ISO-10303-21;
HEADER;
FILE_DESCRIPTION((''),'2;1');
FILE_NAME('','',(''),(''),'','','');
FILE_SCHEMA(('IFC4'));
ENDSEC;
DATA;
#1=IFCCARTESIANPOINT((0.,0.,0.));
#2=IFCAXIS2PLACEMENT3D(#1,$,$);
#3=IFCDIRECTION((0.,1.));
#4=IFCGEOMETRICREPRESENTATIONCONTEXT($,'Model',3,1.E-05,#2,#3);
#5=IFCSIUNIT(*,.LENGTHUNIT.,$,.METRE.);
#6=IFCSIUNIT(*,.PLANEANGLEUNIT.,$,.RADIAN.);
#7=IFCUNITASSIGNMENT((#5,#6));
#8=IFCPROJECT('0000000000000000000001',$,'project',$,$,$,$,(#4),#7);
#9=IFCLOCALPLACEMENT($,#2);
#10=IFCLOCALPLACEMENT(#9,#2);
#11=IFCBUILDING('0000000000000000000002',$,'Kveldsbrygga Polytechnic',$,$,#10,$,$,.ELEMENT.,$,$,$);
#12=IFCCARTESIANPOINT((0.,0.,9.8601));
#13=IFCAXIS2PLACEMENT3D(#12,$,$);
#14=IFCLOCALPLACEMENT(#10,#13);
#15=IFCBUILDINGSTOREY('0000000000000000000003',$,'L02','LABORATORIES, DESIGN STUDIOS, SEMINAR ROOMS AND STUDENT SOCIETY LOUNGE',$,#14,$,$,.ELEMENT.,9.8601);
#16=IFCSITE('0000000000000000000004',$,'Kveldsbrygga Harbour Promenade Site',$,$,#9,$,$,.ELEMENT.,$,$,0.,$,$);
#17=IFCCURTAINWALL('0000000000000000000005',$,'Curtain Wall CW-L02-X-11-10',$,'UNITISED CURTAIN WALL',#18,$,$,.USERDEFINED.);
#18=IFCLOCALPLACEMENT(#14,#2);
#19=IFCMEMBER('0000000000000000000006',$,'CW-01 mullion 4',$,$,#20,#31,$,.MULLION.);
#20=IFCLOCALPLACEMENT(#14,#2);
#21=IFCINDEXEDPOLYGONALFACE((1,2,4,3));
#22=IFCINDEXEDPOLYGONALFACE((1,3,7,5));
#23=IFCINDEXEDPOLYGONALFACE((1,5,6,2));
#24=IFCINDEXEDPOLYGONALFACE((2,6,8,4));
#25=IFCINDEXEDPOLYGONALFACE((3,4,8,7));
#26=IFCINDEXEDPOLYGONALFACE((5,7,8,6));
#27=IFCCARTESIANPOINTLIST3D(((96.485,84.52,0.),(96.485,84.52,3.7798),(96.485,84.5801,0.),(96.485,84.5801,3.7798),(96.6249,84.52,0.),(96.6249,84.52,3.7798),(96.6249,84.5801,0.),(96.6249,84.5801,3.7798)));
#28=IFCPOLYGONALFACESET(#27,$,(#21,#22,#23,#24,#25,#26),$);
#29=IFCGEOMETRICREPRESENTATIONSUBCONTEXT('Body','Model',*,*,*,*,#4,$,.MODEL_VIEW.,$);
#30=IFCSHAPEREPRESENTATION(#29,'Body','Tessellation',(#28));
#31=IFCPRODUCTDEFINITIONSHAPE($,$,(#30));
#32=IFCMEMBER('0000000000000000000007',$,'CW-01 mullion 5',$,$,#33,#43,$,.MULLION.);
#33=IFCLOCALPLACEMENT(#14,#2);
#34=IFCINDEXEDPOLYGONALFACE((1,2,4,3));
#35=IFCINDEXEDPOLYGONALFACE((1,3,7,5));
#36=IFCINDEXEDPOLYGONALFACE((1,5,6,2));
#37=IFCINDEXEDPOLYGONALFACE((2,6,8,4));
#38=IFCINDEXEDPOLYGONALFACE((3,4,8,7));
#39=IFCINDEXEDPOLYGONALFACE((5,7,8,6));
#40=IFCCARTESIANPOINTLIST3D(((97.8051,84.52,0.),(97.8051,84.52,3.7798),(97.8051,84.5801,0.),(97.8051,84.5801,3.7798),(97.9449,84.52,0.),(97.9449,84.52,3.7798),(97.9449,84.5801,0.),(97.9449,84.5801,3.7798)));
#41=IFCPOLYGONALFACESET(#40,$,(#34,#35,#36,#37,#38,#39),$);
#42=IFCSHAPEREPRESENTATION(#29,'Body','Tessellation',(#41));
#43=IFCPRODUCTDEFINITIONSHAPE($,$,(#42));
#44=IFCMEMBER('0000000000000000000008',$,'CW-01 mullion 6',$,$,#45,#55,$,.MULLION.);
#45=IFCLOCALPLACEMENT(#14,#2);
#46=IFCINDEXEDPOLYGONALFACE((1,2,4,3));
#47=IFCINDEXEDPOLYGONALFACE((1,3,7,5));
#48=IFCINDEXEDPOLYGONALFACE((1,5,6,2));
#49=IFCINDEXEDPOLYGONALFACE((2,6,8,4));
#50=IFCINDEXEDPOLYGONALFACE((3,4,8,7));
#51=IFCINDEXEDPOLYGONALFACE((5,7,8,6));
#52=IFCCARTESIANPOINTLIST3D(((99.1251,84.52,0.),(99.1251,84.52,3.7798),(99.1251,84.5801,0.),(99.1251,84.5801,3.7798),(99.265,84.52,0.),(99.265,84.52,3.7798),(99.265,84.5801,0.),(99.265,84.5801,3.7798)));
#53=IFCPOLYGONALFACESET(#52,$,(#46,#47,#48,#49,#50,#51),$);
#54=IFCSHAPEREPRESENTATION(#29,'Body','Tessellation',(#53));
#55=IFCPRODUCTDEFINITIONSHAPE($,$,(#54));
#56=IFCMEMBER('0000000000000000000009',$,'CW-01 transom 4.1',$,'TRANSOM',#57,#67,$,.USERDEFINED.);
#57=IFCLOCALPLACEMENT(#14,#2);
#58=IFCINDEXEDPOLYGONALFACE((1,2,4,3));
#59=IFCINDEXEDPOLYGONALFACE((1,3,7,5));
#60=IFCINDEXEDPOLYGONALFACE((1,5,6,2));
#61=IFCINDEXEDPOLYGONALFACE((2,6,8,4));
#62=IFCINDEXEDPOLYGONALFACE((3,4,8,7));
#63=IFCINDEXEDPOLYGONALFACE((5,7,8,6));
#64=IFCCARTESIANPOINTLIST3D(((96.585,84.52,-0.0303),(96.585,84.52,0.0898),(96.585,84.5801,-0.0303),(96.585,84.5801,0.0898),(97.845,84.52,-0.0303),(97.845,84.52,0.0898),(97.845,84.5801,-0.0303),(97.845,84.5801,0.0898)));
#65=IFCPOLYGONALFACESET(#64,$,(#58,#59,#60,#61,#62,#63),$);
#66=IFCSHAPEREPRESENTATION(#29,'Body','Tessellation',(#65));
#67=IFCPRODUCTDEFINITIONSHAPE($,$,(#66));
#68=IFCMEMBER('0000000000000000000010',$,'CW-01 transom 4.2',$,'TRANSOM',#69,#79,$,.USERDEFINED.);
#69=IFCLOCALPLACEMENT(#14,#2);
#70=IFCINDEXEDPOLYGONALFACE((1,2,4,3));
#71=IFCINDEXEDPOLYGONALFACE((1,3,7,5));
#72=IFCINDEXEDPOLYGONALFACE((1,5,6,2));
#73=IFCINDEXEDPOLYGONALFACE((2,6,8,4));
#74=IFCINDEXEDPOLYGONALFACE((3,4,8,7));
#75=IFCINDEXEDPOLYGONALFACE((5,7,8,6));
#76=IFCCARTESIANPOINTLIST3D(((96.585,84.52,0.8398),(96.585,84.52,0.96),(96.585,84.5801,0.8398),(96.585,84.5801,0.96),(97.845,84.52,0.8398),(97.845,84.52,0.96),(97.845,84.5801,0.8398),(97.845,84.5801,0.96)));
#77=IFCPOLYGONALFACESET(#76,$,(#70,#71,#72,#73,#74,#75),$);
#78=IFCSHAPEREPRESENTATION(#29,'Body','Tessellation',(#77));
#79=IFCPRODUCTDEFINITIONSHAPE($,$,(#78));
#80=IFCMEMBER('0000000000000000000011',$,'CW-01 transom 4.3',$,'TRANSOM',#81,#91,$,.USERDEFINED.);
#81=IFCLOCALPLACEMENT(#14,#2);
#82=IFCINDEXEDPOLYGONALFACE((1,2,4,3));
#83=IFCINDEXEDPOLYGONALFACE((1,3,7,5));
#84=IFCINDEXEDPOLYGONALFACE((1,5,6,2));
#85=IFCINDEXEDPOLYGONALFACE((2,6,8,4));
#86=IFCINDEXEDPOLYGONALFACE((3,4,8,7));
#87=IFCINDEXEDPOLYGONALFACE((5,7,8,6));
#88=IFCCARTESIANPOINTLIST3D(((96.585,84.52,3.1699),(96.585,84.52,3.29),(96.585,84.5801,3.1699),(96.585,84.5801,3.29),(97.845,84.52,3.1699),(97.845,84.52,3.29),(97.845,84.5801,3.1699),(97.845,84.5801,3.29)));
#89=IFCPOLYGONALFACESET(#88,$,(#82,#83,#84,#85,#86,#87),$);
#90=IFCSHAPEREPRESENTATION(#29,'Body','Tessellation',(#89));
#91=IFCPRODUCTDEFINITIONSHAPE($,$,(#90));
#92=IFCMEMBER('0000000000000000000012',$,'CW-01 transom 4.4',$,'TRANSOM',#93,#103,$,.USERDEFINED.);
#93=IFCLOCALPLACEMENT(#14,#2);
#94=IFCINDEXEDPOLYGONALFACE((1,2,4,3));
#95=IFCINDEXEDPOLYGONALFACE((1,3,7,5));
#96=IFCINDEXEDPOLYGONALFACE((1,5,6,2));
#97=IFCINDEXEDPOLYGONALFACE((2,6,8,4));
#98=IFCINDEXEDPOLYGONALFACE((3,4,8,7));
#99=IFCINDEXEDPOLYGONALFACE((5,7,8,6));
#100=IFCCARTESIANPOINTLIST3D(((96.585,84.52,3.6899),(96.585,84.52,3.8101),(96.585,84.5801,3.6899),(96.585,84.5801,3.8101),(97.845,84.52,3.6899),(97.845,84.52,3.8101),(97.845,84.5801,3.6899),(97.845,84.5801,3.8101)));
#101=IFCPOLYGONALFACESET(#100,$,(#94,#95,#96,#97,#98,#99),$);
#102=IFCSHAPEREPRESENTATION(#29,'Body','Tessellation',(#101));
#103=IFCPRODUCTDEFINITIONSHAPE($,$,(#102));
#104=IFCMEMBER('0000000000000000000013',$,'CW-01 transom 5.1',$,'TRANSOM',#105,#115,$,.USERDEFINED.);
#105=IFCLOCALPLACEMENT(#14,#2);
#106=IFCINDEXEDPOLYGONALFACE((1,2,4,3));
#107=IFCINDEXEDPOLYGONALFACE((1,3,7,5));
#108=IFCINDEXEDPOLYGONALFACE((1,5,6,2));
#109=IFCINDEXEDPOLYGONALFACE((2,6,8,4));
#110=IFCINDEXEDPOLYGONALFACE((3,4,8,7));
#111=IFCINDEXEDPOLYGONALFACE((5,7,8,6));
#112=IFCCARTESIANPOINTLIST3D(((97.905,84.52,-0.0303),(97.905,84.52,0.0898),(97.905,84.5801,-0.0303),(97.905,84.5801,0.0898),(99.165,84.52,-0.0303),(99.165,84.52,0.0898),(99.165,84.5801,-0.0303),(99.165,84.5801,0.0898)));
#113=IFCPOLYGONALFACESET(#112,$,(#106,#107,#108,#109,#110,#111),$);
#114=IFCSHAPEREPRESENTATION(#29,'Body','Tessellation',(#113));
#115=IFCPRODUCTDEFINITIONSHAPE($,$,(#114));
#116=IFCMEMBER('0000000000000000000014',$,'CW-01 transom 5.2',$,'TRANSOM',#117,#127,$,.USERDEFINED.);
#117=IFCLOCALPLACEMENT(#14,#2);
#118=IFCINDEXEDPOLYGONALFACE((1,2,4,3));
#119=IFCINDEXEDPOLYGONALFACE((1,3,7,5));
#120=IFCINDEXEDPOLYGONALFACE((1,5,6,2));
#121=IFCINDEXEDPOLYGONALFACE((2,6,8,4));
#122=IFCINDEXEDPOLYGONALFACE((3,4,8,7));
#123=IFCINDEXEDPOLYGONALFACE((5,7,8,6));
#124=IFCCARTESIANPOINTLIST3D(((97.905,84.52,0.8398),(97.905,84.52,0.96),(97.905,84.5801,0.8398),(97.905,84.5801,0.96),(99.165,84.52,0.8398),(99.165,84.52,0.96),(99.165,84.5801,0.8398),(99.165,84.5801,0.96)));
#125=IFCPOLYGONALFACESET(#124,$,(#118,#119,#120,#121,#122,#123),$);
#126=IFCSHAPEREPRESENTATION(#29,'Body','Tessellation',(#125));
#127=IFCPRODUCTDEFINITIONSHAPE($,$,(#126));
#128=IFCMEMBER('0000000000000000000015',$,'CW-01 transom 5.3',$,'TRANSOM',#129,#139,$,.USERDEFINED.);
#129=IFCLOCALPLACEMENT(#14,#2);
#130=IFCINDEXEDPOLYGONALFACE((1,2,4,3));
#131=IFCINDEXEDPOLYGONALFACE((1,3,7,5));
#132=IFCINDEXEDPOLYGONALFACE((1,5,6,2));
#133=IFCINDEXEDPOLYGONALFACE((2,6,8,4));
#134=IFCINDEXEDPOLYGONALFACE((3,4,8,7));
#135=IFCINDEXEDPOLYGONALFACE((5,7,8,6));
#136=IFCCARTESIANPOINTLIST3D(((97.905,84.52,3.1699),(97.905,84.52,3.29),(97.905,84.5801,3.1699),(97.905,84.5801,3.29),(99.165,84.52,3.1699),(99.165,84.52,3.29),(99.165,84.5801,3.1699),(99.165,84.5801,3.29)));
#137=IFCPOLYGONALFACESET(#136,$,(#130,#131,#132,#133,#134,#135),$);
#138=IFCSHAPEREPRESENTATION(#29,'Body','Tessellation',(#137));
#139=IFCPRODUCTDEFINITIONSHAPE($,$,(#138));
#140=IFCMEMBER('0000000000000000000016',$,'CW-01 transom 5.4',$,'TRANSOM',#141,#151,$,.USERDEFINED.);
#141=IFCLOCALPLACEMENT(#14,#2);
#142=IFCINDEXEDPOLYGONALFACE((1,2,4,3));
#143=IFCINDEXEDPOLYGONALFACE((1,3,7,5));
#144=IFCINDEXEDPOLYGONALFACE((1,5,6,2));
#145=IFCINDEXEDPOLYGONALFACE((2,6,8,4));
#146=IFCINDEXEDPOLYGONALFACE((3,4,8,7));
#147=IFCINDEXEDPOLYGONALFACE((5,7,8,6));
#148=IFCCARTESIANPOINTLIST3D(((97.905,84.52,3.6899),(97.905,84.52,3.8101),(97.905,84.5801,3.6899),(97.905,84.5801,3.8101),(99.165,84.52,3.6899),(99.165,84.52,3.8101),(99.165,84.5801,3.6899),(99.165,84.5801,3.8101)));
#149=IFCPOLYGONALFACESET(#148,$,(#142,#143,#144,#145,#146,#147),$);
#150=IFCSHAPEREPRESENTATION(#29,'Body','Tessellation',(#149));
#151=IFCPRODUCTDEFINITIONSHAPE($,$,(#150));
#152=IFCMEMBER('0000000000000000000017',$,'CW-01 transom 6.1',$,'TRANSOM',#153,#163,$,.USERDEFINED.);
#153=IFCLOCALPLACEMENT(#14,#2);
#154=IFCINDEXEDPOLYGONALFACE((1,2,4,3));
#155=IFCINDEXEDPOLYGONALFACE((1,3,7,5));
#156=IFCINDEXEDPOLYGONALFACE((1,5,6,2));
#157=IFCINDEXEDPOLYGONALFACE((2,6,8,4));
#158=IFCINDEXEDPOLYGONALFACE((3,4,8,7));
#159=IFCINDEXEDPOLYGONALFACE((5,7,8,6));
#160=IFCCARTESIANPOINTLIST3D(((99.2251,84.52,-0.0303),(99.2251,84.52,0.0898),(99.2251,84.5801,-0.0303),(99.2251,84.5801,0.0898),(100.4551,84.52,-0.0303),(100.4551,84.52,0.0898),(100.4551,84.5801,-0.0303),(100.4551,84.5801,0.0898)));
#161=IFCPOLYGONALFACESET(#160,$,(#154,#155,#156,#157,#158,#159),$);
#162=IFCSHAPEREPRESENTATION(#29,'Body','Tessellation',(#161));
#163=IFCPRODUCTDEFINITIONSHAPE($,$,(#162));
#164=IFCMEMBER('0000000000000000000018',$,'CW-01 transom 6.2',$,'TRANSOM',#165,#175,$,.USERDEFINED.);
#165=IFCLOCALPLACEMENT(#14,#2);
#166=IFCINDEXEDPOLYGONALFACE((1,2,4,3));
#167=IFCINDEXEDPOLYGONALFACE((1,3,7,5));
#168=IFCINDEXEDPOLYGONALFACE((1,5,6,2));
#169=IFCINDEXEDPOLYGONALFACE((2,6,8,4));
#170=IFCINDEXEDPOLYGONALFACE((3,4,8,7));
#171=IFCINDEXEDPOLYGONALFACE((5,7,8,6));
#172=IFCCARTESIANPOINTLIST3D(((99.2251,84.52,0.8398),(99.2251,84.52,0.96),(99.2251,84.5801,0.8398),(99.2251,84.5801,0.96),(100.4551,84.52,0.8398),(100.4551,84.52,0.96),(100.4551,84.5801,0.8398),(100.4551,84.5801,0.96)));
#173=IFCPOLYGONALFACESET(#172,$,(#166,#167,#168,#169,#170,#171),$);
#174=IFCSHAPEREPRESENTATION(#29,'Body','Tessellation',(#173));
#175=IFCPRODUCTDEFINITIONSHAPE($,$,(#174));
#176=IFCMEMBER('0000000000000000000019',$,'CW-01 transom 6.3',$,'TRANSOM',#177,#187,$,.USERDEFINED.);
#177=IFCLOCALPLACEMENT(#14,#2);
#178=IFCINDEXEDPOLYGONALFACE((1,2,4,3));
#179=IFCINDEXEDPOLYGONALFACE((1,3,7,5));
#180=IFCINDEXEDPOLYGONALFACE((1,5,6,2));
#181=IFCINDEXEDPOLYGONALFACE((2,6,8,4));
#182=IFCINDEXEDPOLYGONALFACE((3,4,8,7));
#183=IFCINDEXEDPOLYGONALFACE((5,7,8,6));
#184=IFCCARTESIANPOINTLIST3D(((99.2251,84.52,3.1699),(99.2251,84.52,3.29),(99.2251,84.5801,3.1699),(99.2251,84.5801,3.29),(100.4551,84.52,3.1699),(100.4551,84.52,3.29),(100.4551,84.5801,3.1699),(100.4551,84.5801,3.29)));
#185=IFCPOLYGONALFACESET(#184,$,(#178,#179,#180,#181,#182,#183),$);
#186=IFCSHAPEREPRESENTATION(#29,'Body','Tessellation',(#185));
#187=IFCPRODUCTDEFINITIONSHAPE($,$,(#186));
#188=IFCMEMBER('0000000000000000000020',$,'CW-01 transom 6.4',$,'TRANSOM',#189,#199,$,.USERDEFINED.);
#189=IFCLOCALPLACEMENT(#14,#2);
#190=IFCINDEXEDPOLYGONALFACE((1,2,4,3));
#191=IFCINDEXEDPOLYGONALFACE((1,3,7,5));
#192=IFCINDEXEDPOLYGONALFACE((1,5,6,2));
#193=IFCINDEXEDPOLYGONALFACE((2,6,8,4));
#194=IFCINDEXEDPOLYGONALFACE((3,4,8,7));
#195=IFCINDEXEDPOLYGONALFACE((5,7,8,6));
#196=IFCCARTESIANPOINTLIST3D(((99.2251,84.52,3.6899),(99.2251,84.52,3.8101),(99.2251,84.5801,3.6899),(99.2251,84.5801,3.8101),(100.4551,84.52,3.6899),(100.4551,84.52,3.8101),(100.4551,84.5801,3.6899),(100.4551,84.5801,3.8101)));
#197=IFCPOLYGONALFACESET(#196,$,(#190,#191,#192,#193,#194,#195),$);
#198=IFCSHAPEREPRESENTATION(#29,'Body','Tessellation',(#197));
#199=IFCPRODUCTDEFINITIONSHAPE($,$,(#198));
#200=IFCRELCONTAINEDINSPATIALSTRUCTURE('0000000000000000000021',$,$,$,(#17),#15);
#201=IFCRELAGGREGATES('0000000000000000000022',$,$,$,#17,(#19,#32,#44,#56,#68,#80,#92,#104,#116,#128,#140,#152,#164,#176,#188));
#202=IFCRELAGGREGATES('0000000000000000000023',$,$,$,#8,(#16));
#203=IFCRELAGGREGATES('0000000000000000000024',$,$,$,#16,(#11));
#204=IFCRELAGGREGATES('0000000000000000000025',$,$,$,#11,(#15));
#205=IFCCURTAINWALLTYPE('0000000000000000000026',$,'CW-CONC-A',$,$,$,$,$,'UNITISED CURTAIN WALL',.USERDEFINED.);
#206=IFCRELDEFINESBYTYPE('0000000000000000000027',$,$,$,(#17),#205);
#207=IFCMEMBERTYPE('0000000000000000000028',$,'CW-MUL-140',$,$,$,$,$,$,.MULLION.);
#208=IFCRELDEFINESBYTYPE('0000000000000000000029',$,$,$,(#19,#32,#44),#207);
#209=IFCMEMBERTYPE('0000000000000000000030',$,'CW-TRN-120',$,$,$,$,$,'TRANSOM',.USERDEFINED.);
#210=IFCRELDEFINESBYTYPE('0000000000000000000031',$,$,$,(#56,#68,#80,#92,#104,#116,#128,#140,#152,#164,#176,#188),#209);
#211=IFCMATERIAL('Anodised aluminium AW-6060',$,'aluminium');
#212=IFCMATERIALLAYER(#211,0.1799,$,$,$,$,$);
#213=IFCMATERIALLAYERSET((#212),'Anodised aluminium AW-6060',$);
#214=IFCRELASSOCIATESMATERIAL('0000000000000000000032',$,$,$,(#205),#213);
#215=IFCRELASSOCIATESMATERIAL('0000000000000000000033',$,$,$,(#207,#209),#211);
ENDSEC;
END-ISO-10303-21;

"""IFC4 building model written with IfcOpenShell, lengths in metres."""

from ifc_helpers import new_model, si_unit, direction, frame, origin, origin_2d, place, context, subcontext, project, spatial, rectangle, extrude, material, layer, layer_set, material_profile, profile_set, type_object, element, aggregate, save


model = new_model("IFC4")

# Units and contexts
model_context = context("Model", 3, precision=1e-05, world=origin(), true_north=direction((0.0, 1.0)))
body_context = subcontext(model_context, "Body", "Model", "MODEL_VIEW")
ifc_project = project(units=[si_unit("LENGTHUNIT", "METRE"), si_unit("PLANEANGLEUNIT", "RADIAN")], contexts=[model_context])

# Site, building, storey
site_placement = place(None, origin())
site = spatial("IfcSite", under=ifc_project, at=site_placement, Name="Kveldsbrygga Harbour Promenade Site", CompositionType="ELEMENT", RefElevation=0.0)
building_placement = place(site_placement, origin())
building = spatial("IfcBuilding", under=site, at=building_placement, Name="Kveldsbrygga Polytechnic", CompositionType="ELEMENT")
storey_placement = place(building_placement, frame((0.0, 0.0, 9.8601)))
storey = spatial("IfcBuildingStorey", under=building, at=storey_placement, Name="L02", Description="LABORATORIES, DESIGN STUDIOS, SEMINAR ROOMS AND STUDENT SOCIETY LOUNGE", CompositionType="ELEMENT", Elevation=9.8601)

# Curtain wall, members
ifc_material_1 = material(Name="Anodised aluminium AW-6060", Category="aluminium")
ifc_layer_1 = layer(ifc_material_1, 0.1799)
ifc_layer_set_1 = layer_set([ifc_layer_1], Name="Anodised aluminium AW-6060")
curtain_wall_type = type_object("IfcCurtainWallType", Name="CW-CONC-A", ElementType="UNITISED CURTAIN WALL", PredefinedType="USERDEFINED", material=ifc_layer_set_1)
curtain_wall_placement = place(storey_placement, origin())
curtain_wall = element("IfcCurtainWall", 1, at=curtain_wall_placement, inside=storey, type_object=curtain_wall_type, Name="Curtain Wall CW-L02-X-11-10", ObjectType="UNITISED CURTAIN WALL", PredefinedType="USERDEFINED")
ifc_material_profile_1 = material_profile(ifc_material_1, rectangle(XDim=0.0601, YDim=0.1399, at=origin_2d()), Name="ALU 60x140")
ifc_profile_set_1 = profile_set([ifc_material_profile_1], Name="Anodised aluminium AW-6060")
member_type_1 = type_object("IfcMemberType", Name="CW-MUL-140", PredefinedType="MULLION", material=ifc_profile_set_1)
member_1_placement = place(storey_placement, frame((96.5549, 84.55, 0.0), z_axis=(0.0, 0.0, 1.0), x_axis=(0.0, 1.0, 0.0)))
member_1 = element("IfcMember", 2, at=member_1_placement, type_object=member_type_1, Name="CW-01 mullion 4", PredefinedType="MULLION", context=body_context, shape_type="SweptSolid", body=[
    extrude(rectangle(XDim=0.0601, YDim=0.1399, at=origin_2d()), origin(), (0.0, 0.0, 1.0), 3.7798),
])
member_2_placement = place(storey_placement, frame((97.875, 84.55, 0.0), z_axis=(0.0, 0.0, 1.0), x_axis=(0.0, 1.0, 0.0)))
member_2 = element("IfcMember", 3, at=member_2_placement, type_object=member_type_1, Name="CW-01 mullion 5", PredefinedType="MULLION", context=body_context, shape_type="SweptSolid", body=[
    extrude(rectangle(XDim=0.0601, YDim=0.1399, at=origin_2d()), origin(), (0.0, 0.0, 1.0), 3.7798),
])
member_3_placement = place(storey_placement, frame((99.1951, 84.55, 0.0), z_axis=(0.0, 0.0, 1.0), x_axis=(0.0, 1.0, 0.0)))
member_3 = element("IfcMember", 4, at=member_3_placement, type_object=member_type_1, Name="CW-01 mullion 6", PredefinedType="MULLION", context=body_context, shape_type="SweptSolid", body=[
    extrude(rectangle(XDim=0.0601, YDim=0.1399, at=origin_2d()), origin(), (0.0, 0.0, 1.0), 3.7798),
])
ifc_material_profile_2 = material_profile(ifc_material_1, rectangle(XDim=0.0601, YDim=0.1201, at=origin_2d()), Name="ALU 60x120")
ifc_profile_set_2 = profile_set([ifc_material_profile_2], Name="Anodised aluminium AW-6060")
member_type_2 = type_object("IfcMemberType", Name="CW-TRN-120", ElementType="TRANSOM", PredefinedType="USERDEFINED", material=ifc_profile_set_2)
member_4_placement = place(storey_placement, frame((96.585, 84.55, 0.0298), z_axis=(1.0, 0.0, 0.0), x_axis=(0.0, 1.0, 0.0)))
member_4 = element("IfcMember", 5, at=member_4_placement, type_object=member_type_2, Name="CW-01 transom 4.1", ObjectType="TRANSOM", PredefinedType="USERDEFINED", context=body_context, shape_type="SweptSolid", body=[
    extrude(rectangle(XDim=0.0601, YDim=0.1201, at=origin_2d()), origin(), (0.0, 0.0, 1.0), 1.26),
])
member_5_placement = place(storey_placement, frame((96.585, 84.55, 0.8999), z_axis=(1.0, 0.0, 0.0), x_axis=(0.0, 1.0, 0.0)))
member_5 = element("IfcMember", 6, at=member_5_placement, type_object=member_type_2, Name="CW-01 transom 4.2", ObjectType="TRANSOM", PredefinedType="USERDEFINED", context=body_context, shape_type="SweptSolid", body=[
    extrude(rectangle(XDim=0.0601, YDim=0.1201, at=origin_2d()), origin(), (0.0, 0.0, 1.0), 1.26),
])
member_6_placement = place(storey_placement, frame((96.585, 84.55, 3.23), z_axis=(1.0, 0.0, 0.0), x_axis=(0.0, 1.0, 0.0)))
member_6 = element("IfcMember", 7, at=member_6_placement, type_object=member_type_2, Name="CW-01 transom 4.3", ObjectType="TRANSOM", PredefinedType="USERDEFINED", context=body_context, shape_type="SweptSolid", body=[
    extrude(rectangle(XDim=0.0601, YDim=0.1201, at=origin_2d()), origin(), (0.0, 0.0, 1.0), 1.26),
])
member_7_placement = place(storey_placement, frame((96.585, 84.55, 3.75), z_axis=(1.0, 0.0, 0.0), x_axis=(0.0, 1.0, 0.0)))
member_7 = element("IfcMember", 8, at=member_7_placement, type_object=member_type_2, Name="CW-01 transom 4.4", ObjectType="TRANSOM", PredefinedType="USERDEFINED", context=body_context, shape_type="SweptSolid", body=[
    extrude(rectangle(XDim=0.0601, YDim=0.1201, at=origin_2d()), origin(), (0.0, 0.0, 1.0), 1.26),
])
member_8_placement = place(storey_placement, frame((97.905, 84.55, 0.0298), z_axis=(1.0, 0.0, 0.0), x_axis=(0.0, 1.0, 0.0)))
member_8 = element("IfcMember", 9, at=member_8_placement, type_object=member_type_2, Name="CW-01 transom 5.1", ObjectType="TRANSOM", PredefinedType="USERDEFINED", context=body_context, shape_type="SweptSolid", body=[
    extrude(rectangle(XDim=0.0601, YDim=0.1201, at=origin_2d()), origin(), (0.0, 0.0, 1.0), 1.26),
])
member_9_placement = place(storey_placement, frame((97.905, 84.55, 0.8999), z_axis=(1.0, 0.0, 0.0), x_axis=(0.0, 1.0, 0.0)))
member_9 = element("IfcMember", 10, at=member_9_placement, type_object=member_type_2, Name="CW-01 transom 5.2", ObjectType="TRANSOM", PredefinedType="USERDEFINED", context=body_context, shape_type="SweptSolid", body=[
    extrude(rectangle(XDim=0.0601, YDim=0.1201, at=origin_2d()), origin(), (0.0, 0.0, 1.0), 1.26),
])
member_10_placement = place(storey_placement, frame((97.905, 84.55, 3.23), z_axis=(1.0, 0.0, 0.0), x_axis=(0.0, 1.0, 0.0)))
member_10 = element("IfcMember", 11, at=member_10_placement, type_object=member_type_2, Name="CW-01 transom 5.3", ObjectType="TRANSOM", PredefinedType="USERDEFINED", context=body_context, shape_type="SweptSolid", body=[
    extrude(rectangle(XDim=0.0601, YDim=0.1201, at=origin_2d()), origin(), (0.0, 0.0, 1.0), 1.26),
])
member_11_placement = place(storey_placement, frame((97.905, 84.55, 3.75), z_axis=(1.0, 0.0, 0.0), x_axis=(0.0, 1.0, 0.0)))
member_11 = element("IfcMember", 12, at=member_11_placement, type_object=member_type_2, Name="CW-01 transom 5.4", ObjectType="TRANSOM", PredefinedType="USERDEFINED", context=body_context, shape_type="SweptSolid", body=[
    extrude(rectangle(XDim=0.0601, YDim=0.1201, at=origin_2d()), origin(), (0.0, 0.0, 1.0), 1.26),
])
member_12_placement = place(storey_placement, frame((99.2251, 84.55, 0.0298), z_axis=(1.0, 0.0, 0.0), x_axis=(0.0, 1.0, 0.0)))
member_12 = element("IfcMember", 13, at=member_12_placement, type_object=member_type_2, Name="CW-01 transom 6.1", ObjectType="TRANSOM", PredefinedType="USERDEFINED", context=body_context, shape_type="SweptSolid", body=[
    extrude(rectangle(XDim=0.0601, YDim=0.1201, at=origin_2d()), origin(), (0.0, 0.0, 1.0), 1.23),
])
member_13_placement = place(storey_placement, frame((99.2251, 84.55, 0.8999), z_axis=(1.0, 0.0, 0.0), x_axis=(0.0, 1.0, 0.0)))
member_13 = element("IfcMember", 14, at=member_13_placement, type_object=member_type_2, Name="CW-01 transom 6.2", ObjectType="TRANSOM", PredefinedType="USERDEFINED", context=body_context, shape_type="SweptSolid", body=[
    extrude(rectangle(XDim=0.0601, YDim=0.1201, at=origin_2d()), origin(), (0.0, 0.0, 1.0), 1.23),
])
member_14_placement = place(storey_placement, frame((99.2251, 84.55, 3.23), z_axis=(1.0, 0.0, 0.0), x_axis=(0.0, 1.0, 0.0)))
member_14 = element("IfcMember", 15, at=member_14_placement, type_object=member_type_2, Name="CW-01 transom 6.3", ObjectType="TRANSOM", PredefinedType="USERDEFINED", context=body_context, shape_type="SweptSolid", body=[
    extrude(rectangle(XDim=0.0601, YDim=0.1201, at=origin_2d()), origin(), (0.0, 0.0, 1.0), 1.23),
])
member_15_placement = place(storey_placement, frame((99.2251, 84.55, 3.75), z_axis=(1.0, 0.0, 0.0), x_axis=(0.0, 1.0, 0.0)))
member_15 = element("IfcMember", 16, at=member_15_placement, type_object=member_type_2, Name="CW-01 transom 6.4", ObjectType="TRANSOM", PredefinedType="USERDEFINED", context=body_context, shape_type="SweptSolid", body=[
    extrude(rectangle(XDim=0.0601, YDim=0.1201, at=origin_2d()), origin(), (0.0, 0.0, 1.0), 1.23),
])
aggregate(curtain_wall, [member_1, member_2, member_3, member_4, member_5, member_6, member_7, member_8, member_9, member_10, member_11, member_12, member_13, member_14, member_15])

save(model, "model.ifc")
